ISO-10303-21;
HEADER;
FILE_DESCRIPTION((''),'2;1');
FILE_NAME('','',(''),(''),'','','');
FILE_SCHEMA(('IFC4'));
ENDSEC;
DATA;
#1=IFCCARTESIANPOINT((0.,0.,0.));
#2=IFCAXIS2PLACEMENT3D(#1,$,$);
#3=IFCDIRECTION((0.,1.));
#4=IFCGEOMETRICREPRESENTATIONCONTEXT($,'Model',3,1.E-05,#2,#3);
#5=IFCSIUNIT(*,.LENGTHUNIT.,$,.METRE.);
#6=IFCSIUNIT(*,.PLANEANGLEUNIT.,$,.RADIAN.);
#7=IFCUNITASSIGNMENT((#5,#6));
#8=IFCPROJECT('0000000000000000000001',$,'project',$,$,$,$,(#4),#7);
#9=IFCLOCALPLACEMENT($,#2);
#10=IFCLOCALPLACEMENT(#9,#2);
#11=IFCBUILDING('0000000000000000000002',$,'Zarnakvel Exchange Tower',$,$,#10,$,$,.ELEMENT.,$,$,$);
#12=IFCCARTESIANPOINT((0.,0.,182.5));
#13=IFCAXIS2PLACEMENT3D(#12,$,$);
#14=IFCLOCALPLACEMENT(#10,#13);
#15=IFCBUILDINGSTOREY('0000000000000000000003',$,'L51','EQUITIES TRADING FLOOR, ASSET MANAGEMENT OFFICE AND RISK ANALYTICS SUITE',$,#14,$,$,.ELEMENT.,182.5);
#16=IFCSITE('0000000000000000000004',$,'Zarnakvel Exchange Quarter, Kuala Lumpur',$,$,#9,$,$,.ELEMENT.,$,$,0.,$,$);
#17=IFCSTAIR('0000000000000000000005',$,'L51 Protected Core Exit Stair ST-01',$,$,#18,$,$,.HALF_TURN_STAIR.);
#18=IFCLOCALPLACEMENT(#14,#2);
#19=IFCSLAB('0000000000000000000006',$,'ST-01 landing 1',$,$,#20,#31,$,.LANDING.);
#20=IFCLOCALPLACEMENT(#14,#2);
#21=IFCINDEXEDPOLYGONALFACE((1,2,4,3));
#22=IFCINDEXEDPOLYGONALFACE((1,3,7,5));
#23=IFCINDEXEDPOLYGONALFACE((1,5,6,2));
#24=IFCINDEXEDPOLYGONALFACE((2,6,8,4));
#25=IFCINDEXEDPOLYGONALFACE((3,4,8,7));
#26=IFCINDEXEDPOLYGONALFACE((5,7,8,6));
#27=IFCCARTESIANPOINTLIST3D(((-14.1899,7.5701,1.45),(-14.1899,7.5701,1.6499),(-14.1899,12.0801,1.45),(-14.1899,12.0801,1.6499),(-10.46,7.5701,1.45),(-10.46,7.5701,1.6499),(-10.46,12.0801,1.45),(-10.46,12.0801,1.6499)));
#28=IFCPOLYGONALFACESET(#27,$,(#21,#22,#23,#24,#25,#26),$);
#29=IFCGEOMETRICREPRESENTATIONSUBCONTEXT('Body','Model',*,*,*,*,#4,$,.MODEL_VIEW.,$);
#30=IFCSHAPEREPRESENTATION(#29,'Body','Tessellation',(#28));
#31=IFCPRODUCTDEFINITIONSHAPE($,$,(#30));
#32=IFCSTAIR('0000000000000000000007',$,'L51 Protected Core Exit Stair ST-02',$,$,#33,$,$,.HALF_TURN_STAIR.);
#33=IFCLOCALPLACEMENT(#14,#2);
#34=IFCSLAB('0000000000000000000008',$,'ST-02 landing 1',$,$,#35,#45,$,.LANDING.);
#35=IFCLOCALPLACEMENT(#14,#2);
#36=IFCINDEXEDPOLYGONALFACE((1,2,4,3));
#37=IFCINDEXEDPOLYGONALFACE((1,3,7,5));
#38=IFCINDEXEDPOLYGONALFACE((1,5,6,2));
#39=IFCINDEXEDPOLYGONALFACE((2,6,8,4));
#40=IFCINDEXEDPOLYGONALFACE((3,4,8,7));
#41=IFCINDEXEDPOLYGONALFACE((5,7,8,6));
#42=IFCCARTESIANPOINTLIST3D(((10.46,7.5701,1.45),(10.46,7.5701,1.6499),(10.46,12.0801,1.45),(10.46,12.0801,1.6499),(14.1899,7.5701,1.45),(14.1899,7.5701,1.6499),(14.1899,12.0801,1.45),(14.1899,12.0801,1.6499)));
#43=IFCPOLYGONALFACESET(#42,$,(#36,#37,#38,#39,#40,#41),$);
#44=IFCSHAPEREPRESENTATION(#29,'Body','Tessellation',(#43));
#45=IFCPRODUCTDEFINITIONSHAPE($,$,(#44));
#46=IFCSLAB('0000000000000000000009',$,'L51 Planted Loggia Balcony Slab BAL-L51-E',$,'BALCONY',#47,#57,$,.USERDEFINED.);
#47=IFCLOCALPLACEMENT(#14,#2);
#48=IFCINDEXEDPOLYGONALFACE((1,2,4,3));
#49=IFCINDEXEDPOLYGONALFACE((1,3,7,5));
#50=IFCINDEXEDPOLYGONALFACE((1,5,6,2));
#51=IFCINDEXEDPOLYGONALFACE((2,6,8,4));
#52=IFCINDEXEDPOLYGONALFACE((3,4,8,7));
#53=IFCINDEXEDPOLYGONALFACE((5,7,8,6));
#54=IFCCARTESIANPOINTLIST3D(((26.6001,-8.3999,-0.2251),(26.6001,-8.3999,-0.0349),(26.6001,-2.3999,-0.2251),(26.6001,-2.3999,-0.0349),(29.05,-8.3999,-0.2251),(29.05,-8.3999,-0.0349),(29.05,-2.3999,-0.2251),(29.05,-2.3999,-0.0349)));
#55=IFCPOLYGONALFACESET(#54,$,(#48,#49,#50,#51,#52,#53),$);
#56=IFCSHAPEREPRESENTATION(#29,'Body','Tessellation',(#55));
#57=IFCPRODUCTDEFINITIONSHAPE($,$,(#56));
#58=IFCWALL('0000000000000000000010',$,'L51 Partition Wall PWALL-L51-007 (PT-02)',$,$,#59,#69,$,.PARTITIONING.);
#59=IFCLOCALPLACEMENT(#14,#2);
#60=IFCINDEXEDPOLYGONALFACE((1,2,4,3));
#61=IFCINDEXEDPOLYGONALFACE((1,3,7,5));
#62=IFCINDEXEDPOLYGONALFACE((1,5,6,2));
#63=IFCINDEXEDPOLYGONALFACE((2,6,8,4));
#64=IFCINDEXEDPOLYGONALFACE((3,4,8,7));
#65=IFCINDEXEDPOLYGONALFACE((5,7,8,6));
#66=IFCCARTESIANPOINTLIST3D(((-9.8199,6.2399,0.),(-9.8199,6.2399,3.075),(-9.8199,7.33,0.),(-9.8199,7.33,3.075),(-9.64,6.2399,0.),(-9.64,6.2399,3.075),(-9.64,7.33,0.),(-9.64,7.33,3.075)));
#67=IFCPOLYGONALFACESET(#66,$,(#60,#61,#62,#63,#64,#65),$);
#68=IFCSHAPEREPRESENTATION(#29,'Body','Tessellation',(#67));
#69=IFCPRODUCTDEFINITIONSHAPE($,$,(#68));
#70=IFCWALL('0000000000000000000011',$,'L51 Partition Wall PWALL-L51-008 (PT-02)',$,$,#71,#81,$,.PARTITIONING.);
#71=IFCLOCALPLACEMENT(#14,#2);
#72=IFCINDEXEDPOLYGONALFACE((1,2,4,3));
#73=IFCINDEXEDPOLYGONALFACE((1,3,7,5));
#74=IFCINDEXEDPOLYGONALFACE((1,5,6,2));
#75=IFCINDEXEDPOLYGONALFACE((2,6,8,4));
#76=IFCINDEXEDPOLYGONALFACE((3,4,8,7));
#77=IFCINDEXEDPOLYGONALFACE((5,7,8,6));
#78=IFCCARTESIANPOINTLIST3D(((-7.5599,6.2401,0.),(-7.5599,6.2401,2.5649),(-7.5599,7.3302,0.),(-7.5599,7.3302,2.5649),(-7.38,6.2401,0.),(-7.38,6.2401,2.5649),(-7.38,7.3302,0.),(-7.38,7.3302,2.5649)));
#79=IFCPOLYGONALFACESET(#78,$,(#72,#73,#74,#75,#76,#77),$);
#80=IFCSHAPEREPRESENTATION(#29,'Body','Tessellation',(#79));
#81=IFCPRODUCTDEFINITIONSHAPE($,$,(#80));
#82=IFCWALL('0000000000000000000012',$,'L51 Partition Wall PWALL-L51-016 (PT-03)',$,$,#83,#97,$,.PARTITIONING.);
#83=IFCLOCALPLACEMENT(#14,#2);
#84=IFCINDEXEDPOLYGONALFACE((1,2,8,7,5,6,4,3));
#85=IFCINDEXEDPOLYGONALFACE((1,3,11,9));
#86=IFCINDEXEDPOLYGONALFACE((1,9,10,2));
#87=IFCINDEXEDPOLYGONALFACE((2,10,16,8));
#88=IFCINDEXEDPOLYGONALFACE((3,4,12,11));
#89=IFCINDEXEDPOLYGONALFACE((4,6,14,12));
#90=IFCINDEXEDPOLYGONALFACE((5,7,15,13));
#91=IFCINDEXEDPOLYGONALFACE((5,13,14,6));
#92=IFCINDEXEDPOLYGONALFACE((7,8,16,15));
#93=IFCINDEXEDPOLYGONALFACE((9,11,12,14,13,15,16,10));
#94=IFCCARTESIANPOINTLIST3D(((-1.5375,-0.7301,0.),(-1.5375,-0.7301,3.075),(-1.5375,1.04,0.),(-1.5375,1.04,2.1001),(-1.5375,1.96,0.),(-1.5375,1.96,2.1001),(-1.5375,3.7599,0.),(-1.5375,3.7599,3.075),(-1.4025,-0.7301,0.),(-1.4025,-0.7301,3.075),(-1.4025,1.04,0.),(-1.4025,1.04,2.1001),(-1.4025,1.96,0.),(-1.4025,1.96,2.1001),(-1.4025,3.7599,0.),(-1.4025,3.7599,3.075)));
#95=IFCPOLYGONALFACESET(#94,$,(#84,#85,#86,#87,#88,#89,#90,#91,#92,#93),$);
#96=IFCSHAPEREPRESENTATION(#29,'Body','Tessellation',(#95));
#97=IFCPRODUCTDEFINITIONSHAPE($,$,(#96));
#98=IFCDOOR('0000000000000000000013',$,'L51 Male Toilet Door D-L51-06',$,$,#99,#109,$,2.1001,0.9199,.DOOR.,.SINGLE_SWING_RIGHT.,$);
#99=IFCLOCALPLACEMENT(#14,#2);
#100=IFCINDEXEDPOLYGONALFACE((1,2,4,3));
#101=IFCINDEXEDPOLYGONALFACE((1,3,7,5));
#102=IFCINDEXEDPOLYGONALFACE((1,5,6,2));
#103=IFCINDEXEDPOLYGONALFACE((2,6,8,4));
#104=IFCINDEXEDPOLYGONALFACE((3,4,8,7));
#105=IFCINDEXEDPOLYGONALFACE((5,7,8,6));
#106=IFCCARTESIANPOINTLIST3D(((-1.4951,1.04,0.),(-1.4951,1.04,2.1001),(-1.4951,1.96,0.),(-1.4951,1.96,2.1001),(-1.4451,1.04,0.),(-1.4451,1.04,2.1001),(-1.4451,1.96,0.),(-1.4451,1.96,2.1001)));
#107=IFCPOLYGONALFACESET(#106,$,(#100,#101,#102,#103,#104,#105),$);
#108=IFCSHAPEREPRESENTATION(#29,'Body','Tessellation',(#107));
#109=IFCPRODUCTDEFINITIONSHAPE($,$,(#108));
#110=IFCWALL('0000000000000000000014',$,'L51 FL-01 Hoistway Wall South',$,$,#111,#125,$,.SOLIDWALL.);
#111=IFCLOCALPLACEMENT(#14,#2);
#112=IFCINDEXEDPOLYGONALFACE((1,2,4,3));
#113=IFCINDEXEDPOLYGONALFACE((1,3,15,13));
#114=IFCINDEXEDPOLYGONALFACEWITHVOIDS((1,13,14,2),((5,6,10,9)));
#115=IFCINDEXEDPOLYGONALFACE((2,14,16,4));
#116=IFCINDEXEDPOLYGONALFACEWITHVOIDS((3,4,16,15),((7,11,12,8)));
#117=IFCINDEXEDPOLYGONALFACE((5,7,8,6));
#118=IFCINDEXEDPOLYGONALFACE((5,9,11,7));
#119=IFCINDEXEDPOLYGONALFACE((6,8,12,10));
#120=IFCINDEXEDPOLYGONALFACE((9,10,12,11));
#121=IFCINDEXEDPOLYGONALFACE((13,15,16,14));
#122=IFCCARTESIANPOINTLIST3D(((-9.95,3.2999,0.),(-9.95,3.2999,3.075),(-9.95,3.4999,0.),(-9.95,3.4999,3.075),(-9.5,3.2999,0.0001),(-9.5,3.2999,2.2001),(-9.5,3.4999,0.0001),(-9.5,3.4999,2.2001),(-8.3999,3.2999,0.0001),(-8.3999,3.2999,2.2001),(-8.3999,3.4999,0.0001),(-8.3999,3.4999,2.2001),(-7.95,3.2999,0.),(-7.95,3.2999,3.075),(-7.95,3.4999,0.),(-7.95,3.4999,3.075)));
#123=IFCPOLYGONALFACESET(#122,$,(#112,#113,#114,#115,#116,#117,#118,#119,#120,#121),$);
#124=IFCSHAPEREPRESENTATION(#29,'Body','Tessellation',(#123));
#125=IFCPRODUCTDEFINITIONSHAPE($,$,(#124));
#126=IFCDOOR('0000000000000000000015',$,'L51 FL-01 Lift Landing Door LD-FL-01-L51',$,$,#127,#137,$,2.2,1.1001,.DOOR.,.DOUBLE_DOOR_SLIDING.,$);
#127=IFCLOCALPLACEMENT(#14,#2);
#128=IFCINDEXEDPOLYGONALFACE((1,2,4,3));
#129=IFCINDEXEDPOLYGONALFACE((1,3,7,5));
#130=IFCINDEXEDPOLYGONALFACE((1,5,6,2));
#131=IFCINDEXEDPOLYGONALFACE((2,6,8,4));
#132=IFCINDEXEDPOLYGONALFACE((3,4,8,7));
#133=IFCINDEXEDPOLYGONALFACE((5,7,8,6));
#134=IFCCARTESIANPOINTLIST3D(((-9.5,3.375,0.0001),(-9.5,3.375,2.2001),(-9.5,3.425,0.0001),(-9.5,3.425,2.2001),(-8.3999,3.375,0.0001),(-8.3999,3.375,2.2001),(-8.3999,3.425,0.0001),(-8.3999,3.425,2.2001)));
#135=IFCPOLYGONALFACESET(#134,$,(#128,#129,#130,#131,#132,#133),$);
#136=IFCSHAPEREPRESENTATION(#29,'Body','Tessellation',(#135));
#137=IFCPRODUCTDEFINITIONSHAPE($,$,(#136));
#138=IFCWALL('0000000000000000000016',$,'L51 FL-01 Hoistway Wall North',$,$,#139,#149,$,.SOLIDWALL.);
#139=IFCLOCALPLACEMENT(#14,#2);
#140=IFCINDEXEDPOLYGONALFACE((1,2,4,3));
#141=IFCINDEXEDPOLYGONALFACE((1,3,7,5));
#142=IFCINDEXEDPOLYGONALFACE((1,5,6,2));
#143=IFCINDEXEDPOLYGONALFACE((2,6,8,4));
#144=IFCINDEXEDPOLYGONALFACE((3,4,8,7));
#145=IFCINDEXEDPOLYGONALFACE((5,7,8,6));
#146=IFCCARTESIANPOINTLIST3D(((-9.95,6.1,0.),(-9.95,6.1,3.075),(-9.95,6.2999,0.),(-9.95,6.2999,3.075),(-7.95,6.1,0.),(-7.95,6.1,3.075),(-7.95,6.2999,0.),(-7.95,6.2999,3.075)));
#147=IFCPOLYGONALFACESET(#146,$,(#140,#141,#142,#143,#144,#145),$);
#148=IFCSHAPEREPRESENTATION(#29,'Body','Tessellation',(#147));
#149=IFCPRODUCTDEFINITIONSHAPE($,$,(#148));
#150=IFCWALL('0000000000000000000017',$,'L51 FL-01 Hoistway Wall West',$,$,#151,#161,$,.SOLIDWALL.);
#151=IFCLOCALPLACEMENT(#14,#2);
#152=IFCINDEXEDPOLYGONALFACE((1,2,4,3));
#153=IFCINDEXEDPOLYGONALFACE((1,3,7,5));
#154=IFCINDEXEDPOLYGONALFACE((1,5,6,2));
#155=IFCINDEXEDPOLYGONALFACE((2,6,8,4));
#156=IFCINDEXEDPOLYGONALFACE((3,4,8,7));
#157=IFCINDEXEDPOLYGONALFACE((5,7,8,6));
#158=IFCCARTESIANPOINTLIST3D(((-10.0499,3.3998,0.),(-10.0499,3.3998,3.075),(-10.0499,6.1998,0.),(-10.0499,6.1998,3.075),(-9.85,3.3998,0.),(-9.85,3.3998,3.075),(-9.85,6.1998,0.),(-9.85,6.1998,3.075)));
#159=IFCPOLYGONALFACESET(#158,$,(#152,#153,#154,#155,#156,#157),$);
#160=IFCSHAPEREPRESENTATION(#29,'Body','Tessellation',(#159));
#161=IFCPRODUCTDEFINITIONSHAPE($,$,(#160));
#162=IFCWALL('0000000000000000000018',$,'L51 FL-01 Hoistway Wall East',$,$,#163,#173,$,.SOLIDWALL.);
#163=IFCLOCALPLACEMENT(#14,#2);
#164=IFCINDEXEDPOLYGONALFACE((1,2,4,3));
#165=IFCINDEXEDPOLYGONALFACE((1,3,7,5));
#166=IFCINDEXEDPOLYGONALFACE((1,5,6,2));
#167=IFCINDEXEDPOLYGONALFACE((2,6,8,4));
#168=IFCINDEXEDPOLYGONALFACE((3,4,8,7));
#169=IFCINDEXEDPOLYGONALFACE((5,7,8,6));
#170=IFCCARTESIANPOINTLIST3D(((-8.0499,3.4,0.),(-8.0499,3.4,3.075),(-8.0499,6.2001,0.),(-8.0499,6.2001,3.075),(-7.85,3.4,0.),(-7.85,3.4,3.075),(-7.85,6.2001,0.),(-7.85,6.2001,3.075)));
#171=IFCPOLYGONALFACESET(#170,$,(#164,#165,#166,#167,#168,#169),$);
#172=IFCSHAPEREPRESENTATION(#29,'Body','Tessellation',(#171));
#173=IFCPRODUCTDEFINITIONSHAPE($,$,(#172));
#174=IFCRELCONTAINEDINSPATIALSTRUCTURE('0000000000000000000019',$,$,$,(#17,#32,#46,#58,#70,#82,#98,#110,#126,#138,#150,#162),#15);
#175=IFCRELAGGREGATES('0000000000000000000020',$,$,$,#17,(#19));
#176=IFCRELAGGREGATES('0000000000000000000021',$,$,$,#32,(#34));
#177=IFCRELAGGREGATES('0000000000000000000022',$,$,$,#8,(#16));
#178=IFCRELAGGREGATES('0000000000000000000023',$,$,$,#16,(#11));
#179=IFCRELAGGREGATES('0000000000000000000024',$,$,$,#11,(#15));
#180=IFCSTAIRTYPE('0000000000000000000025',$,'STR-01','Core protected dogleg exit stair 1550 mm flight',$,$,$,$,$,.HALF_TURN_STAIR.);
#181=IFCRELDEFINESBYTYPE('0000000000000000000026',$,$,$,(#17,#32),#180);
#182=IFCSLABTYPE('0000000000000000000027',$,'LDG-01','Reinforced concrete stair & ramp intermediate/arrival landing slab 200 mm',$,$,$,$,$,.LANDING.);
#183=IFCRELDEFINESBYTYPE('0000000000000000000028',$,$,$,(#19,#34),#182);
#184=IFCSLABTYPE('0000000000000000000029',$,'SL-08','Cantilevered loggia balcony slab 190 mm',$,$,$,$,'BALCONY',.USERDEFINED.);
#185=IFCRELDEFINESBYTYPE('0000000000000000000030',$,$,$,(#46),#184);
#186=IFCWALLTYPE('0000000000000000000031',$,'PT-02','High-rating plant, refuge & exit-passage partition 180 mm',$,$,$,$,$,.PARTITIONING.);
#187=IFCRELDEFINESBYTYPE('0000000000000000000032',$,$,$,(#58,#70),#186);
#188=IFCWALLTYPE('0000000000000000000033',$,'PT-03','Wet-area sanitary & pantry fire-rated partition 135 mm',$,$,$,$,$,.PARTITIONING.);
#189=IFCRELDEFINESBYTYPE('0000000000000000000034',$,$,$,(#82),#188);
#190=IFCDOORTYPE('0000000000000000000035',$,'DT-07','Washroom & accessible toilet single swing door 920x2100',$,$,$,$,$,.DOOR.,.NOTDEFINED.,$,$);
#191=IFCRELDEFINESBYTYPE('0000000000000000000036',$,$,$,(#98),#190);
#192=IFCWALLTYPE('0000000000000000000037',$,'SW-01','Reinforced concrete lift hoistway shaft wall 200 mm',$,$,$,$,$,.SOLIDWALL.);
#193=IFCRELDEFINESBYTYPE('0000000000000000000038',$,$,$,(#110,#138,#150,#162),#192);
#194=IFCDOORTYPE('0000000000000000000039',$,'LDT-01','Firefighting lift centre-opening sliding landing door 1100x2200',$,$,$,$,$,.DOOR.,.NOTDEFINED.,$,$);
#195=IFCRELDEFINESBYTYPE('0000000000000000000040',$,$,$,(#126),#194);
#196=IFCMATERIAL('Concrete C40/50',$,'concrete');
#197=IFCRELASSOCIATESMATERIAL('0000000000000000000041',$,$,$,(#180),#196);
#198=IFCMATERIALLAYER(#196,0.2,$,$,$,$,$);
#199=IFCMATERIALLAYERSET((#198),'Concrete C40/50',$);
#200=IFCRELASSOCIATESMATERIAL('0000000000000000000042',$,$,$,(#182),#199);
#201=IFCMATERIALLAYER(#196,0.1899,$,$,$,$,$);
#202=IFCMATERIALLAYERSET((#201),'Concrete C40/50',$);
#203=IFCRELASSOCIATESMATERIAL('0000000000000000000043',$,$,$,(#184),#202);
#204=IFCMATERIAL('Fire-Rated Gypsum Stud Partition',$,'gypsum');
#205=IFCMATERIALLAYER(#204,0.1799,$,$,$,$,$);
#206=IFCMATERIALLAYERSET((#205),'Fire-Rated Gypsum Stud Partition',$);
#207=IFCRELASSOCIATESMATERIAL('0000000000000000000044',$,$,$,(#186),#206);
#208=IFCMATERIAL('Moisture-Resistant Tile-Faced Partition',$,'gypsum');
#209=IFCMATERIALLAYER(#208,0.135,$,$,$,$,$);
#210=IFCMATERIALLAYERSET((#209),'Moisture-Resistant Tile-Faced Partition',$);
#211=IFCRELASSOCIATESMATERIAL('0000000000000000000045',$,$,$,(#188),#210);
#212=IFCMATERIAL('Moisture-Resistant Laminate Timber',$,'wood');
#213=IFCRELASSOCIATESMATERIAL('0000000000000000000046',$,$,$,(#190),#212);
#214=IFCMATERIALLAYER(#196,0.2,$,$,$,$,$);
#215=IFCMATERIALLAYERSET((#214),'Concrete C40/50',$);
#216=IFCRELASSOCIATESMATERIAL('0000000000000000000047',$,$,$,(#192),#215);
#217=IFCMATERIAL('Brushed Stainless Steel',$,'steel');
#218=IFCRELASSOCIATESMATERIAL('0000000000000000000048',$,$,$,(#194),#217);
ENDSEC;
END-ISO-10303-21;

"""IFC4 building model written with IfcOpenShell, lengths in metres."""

from ifc_helpers import new_model, si_unit, direction, frame, frame_2d, origin, place, context, subcontext, project, spatial, polyline, rectangle, outline, extrude, source, transform, mapped, material, layer, layer_set, type_object, element, fill, aggregate, save


model = new_model("IFC4")

# Units and contexts
model_context = context("Model", 3, precision=1e-05, world=origin(), true_north=direction((0.0, 1.0)))
body_context = subcontext(model_context, "Body", "Model", "MODEL_VIEW")
ifc_project = project(units=[si_unit("LENGTHUNIT", "METRE"), si_unit("PLANEANGLEUNIT", "RADIAN")], contexts=[model_context])

# Site, building, storey
site_placement = place(None, origin())
site = spatial("IfcSite", under=ifc_project, at=site_placement, Name="Zarnakvel Exchange Quarter, Kuala Lumpur", CompositionType="ELEMENT", RefElevation=0.0)
building_placement = place(site_placement, origin())
building = spatial("IfcBuilding", under=site, at=building_placement, Name="Zarnakvel Exchange Tower", CompositionType="ELEMENT")
storey_placement = place(building_placement, frame((0.0, 0.0, 182.5)))
storey = spatial("IfcBuildingStorey", under=building, at=storey_placement, Name="L51", Description="EQUITIES TRADING FLOOR, ASSET MANAGEMENT OFFICE AND RISK ANALYTICS SUITE", CompositionType="ELEMENT", Elevation=182.5)

# Stairs, slabs
ifc_material_1 = material(Name="Concrete C40/50", Category="concrete")
stair_type = type_object("IfcStairType", Name="STR-01", Description="Core protected dogleg exit stair 1550 mm flight", PredefinedType="HALF_TURN_STAIR", material=ifc_material_1)
stair_1_placement = place(storey_placement, origin())
stair_1 = element("IfcStair", 1, at=stair_1_placement, inside=storey, type_object=stair_type, Name="L51 Protected Core Exit Stair ST-01", PredefinedType="HALF_TURN_STAIR")
ifc_layer_1 = layer(ifc_material_1, 0.2)
ifc_layer_set_1 = layer_set([ifc_layer_1], Name="Concrete C40/50")
slab_type_1 = type_object("IfcSlabType", Name="LDG-01", Description="Reinforced concrete stair & ramp intermediate/arrival landing slab 200 mm", PredefinedType="LANDING", material=ifc_layer_set_1)
slab_1_placement = place(storey_placement, frame((0.0, 0.0, 1.45)))
slab_1 = element("IfcSlab", 2, at=slab_1_placement, type_object=slab_type_1, Name="ST-01 landing 1", PredefinedType="LANDING", context=body_context, shape_type="SweptSolid", body=[
    extrude(outline(polyline([(-14.1899, 7.5701), (-10.46, 7.5701), (-10.46, 12.0801), (-14.1899, 12.0801), (-14.1899, 7.5701)])), origin(), (0.0, 0.0, 1.0), 0.2),
])
aggregate(stair_1, [slab_1])
stair_2_placement = place(storey_placement, origin())
stair_2 = element("IfcStair", 3, at=stair_2_placement, inside=storey, type_object=stair_type, Name="L51 Protected Core Exit Stair ST-02", PredefinedType="HALF_TURN_STAIR")
slab_2_placement = place(storey_placement, frame((0.0, 0.0, 1.45)))
slab_2 = element("IfcSlab", 4, at=slab_2_placement, type_object=slab_type_1, Name="ST-02 landing 1", PredefinedType="LANDING", context=body_context, shape_type="SweptSolid", body=[
    extrude(outline(polyline([(10.46, 7.5701), (14.1899, 7.5701), (14.1899, 12.0801), (10.46, 12.0801), (10.46, 7.5701)])), origin(), (0.0, 0.0, 1.0), 0.2),
])
aggregate(stair_2, [slab_2])

# Slab
ifc_layer_2 = layer(ifc_material_1, 0.1899)
ifc_layer_set_2 = layer_set([ifc_layer_2], Name="Concrete C40/50")
slab_type_2 = type_object("IfcSlabType", Name="SL-08", Description="Cantilevered loggia balcony slab 190 mm", ElementType="BALCONY", PredefinedType="USERDEFINED", material=ifc_layer_set_2)
slab_3_placement = place(storey_placement, frame((0.0, 0.0, -0.2251)))
element("IfcSlab", 5, at=slab_3_placement, inside=storey, type_object=slab_type_2, Name="L51 Planted Loggia Balcony Slab BAL-L51-E", ObjectType="BALCONY", PredefinedType="USERDEFINED", context=body_context, shape_type="SweptSolid", body=[
    extrude(outline(polyline([(26.6001, -8.3999), (29.05, -8.3999), (29.05, -2.3999), (26.6001, -2.3999), (26.6001, -8.3999)])), origin(), (0.0, 0.0, 1.0), 0.1902),
])

# Walls
ifc_material_2 = material(Name="Fire-Rated Gypsum Stud Partition", Category="gypsum")
ifc_layer_3 = layer(ifc_material_2, 0.1799)
ifc_layer_set_3 = layer_set([ifc_layer_3], Name="Fire-Rated Gypsum Stud Partition")
wall_type_1 = type_object("IfcWallType", Name="PT-02", Description="High-rating plant, refuge & exit-passage partition 180 mm", PredefinedType="PARTITIONING", material=ifc_layer_set_3)
wall_1_placement = place(storey_placement, frame((-9.73, 6.24, 0.0), z_axis=(0.0, 0.0, 1.0), x_axis=(0.0, 1.0, 0.0)))
element("IfcWall", 6, at=wall_1_placement, inside=storey, type_object=wall_type_1, Name="L51 Partition Wall PWALL-L51-007 (PT-02)", PredefinedType="PARTITIONING", context=body_context, shape_type="SweptSolid", body=[
    extrude(rectangle(XDim=1.0901, YDim=0.1799, at=frame_2d((0.5449, 0.0))), origin(), (0.0, 0.0, 1.0), 3.075),
])
wall_2_placement = place(storey_placement, frame((-7.47, 7.3301, 0.0), z_axis=(0.0, 0.0, 1.0), x_axis=(0.0, -1.0, 0.0)))
element("IfcWall", 7, at=wall_2_placement, inside=storey, type_object=wall_type_1, Name="L51 Partition Wall PWALL-L51-008 (PT-02)", PredefinedType="PARTITIONING", context=body_context, shape_type="SweptSolid", body=[
    extrude(rectangle(XDim=1.0901, YDim=0.1799, at=frame_2d((0.5449, 0.0))), origin(), (0.0, 0.0, 1.0), 2.5649),
])

# Walls, openings, doors
ifc_material_3 = material(Name="Moisture-Resistant Tile-Faced Partition", Category="gypsum")
ifc_layer_4 = layer(ifc_material_3, 0.135)
ifc_layer_set_4 = layer_set([ifc_layer_4], Name="Moisture-Resistant Tile-Faced Partition")
wall_type_2 = type_object("IfcWallType", Name="PT-03", Description="Wet-area sanitary & pantry fire-rated partition 135 mm", PredefinedType="PARTITIONING", material=ifc_layer_set_4)
wall_3_placement = place(storey_placement, frame((-1.47, 3.76, 0.0), z_axis=(0.0, 0.0, 1.0), x_axis=(0.0, -1.0, 0.0)))
wall_3 = element("IfcWall", 8, at=wall_3_placement, inside=storey, type_object=wall_type_2, Name="L51 Partition Wall PWALL-L51-016 (PT-03)", PredefinedType="PARTITIONING", context=body_context, shape_type="SweptSolid", body=[
    extrude(rectangle(XDim=4.49, YDim=0.135, at=frame_2d((2.2451, 0.0))), origin(), (0.0, 0.0, 1.0), 3.075),
])
opening_1_placement = place(wall_3_placement, frame((1.8, 0.0, 0.0)))
opening_1 = element("IfcOpeningElement", 9, at=opening_1_placement, cuts=wall_3, PredefinedType="OPENING", context=body_context, shape_type="SweptSolid", body=[
    extrude(rectangle(XDim=0.9199, YDim=2.1001, at=frame_2d((0.46, 1.05))), frame((0.0, 0.0774, 0.0), z_axis=(0.0, -1.0, 0.0), x_axis=(1.0, 0.0, 0.0)), (0.0, 0.0, 1.0), 0.155),
])
ifc_material_4 = material(Name="Moisture-Resistant Laminate Timber", Category="wood")
door_type_1 = type_object("IfcDoorType", Name="DT-07", Description="Washroom & accessible toilet single swing door 920x2100", OperationType="NOTDEFINED", PredefinedType="DOOR", material=ifc_material_4)
shared_shape_1 = source(origin(), body_context, "Body", "SweptSolid", [
    extrude(rectangle(XDim=0.9199, YDim=2.1001, at=frame_2d((0.46, 1.05))), frame((0.0, 0.0249, 0.0), z_axis=(0.0, -1.0, 0.0), x_axis=(1.0, 0.0, 0.0)), (0.0, 0.0, 1.0), 0.05),
])
door_1_placement = place(opening_1_placement, origin())
door_1 = element("IfcDoor", 10, at=door_1_placement, inside=storey, type_object=door_type_1, Name="L51 Male Toilet Door D-L51-06", OperationType="SINGLE_SWING_RIGHT", OverallHeight=2.1001, OverallWidth=0.9199, PredefinedType="DOOR", context=body_context, shape_type="MappedRepresentation", body=[
    mapped(shared_shape_1, transform((0.0, 0.0, 0.0), x_axis=(1.0, 0.0, 0.0), y_axis=(0.0, 1.0, 0.0), z_axis=(0.0, 0.0, 1.0), scale=1.0)),
])
fill(opening_1, door_1)
ifc_layer_5 = layer(ifc_material_1, 0.2)
ifc_layer_set_5 = layer_set([ifc_layer_5], Name="Concrete C40/50")
wall_type_3 = type_object("IfcWallType", Name="SW-01", Description="Reinforced concrete lift hoistway shaft wall 200 mm", PredefinedType="SOLIDWALL", material=ifc_layer_set_5)
wall_4_placement = place(storey_placement, frame((-7.95, 3.3999, 0.0), z_axis=(0.0, 0.0, 1.0), x_axis=(-1.0, 0.0, 0.0)))
wall_4 = element("IfcWall", 11, at=wall_4_placement, inside=storey, type_object=wall_type_3, Name="L51 FL-01 Hoistway Wall South", PredefinedType="SOLIDWALL", context=body_context, shape_type="SweptSolid", body=[
    extrude(rectangle(XDim=2.0, YDim=0.2, at=frame_2d((1.0, 0.0))), origin(), (0.0, 0.0, 1.0), 3.075),
])
opening_2_placement = place(wall_4_placement, frame((0.45, 0.0, 0.0)))
opening_2 = element("IfcOpeningElement", 12, at=opening_2_placement, cuts=wall_4, PredefinedType="OPENING", context=body_context, shape_type="SweptSolid", body=[
    extrude(rectangle(XDim=1.1001, YDim=2.2, at=frame_2d((0.55, 1.1001))), frame((0.0, 0.1099, 0.0), z_axis=(0.0, -1.0, 0.0), x_axis=(1.0, 0.0, 0.0)), (0.0, 0.0, 1.0), 0.22),
])
ifc_material_5 = material(Name="Brushed Stainless Steel", Category="steel")
door_type_2 = type_object("IfcDoorType", Name="LDT-01", Description="Firefighting lift centre-opening sliding landing door 1100x2200", OperationType="NOTDEFINED", PredefinedType="DOOR", material=ifc_material_5)
shared_shape_2 = source(origin(), body_context, "Body", "SweptSolid", [
    extrude(rectangle(XDim=1.1001, YDim=2.2, at=frame_2d((0.55, 1.1001))), frame((0.0, 0.0249, 0.0), z_axis=(0.0, -1.0, 0.0), x_axis=(1.0, 0.0, 0.0)), (0.0, 0.0, 1.0), 0.05),
])
door_2_placement = place(opening_2_placement, origin())
door_2 = element("IfcDoor", 13, at=door_2_placement, inside=storey, type_object=door_type_2, Name="L51 FL-01 Lift Landing Door LD-FL-01-L51", OperationType="DOUBLE_DOOR_SLIDING", OverallHeight=2.2, OverallWidth=1.1001, PredefinedType="DOOR", context=body_context, shape_type="MappedRepresentation", body=[
    mapped(shared_shape_2, transform((0.0, 0.0, 0.0), x_axis=(1.0, 0.0, 0.0), y_axis=(0.0, 1.0, 0.0), z_axis=(0.0, 0.0, 1.0), scale=1.0)),
])
fill(opening_2, door_2)

# Walls
wall_5_placement = place(storey_placement, frame((-9.95, 6.2, 0.0), z_axis=(0.0, 0.0, 1.0), x_axis=(1.0, 0.0, 0.0)))
element("IfcWall", 14, at=wall_5_placement, inside=storey, type_object=wall_type_3, Name="L51 FL-01 Hoistway Wall North", PredefinedType="SOLIDWALL", context=body_context, shape_type="SweptSolid", body=[
    extrude(rectangle(XDim=2.0, YDim=0.2, at=frame_2d((1.0, 0.0))), origin(), (0.0, 0.0, 1.0), 3.075),
])
for number, where, z_axis, x_axis, name in (
    (15, (-9.95, 3.3999, 0.0), (0.0, 0.0, 1.0), (0.0, 1.0, 0.0), "L51 FL-01 Hoistway Wall West"),
    (16, (-7.95, 6.2, 0.0), (0.0, 0.0, 1.0), (0.0, -1.0, 0.0), "L51 FL-01 Hoistway Wall East"),
):
    element("IfcWall", number, at=place(storey_placement, frame(where, z_axis=z_axis, x_axis=x_axis)), inside=storey, type_object=wall_type_3, Name=name, PredefinedType="SOLIDWALL", context=body_context, shape_type="SweptSolid", body=[
        extrude(rectangle(XDim=2.8, YDim=0.2, at=frame_2d((1.3999, 0.0))), origin(), (0.0, 0.0, 1.0), 3.075),
    ])

save(model, "model.ifc")
